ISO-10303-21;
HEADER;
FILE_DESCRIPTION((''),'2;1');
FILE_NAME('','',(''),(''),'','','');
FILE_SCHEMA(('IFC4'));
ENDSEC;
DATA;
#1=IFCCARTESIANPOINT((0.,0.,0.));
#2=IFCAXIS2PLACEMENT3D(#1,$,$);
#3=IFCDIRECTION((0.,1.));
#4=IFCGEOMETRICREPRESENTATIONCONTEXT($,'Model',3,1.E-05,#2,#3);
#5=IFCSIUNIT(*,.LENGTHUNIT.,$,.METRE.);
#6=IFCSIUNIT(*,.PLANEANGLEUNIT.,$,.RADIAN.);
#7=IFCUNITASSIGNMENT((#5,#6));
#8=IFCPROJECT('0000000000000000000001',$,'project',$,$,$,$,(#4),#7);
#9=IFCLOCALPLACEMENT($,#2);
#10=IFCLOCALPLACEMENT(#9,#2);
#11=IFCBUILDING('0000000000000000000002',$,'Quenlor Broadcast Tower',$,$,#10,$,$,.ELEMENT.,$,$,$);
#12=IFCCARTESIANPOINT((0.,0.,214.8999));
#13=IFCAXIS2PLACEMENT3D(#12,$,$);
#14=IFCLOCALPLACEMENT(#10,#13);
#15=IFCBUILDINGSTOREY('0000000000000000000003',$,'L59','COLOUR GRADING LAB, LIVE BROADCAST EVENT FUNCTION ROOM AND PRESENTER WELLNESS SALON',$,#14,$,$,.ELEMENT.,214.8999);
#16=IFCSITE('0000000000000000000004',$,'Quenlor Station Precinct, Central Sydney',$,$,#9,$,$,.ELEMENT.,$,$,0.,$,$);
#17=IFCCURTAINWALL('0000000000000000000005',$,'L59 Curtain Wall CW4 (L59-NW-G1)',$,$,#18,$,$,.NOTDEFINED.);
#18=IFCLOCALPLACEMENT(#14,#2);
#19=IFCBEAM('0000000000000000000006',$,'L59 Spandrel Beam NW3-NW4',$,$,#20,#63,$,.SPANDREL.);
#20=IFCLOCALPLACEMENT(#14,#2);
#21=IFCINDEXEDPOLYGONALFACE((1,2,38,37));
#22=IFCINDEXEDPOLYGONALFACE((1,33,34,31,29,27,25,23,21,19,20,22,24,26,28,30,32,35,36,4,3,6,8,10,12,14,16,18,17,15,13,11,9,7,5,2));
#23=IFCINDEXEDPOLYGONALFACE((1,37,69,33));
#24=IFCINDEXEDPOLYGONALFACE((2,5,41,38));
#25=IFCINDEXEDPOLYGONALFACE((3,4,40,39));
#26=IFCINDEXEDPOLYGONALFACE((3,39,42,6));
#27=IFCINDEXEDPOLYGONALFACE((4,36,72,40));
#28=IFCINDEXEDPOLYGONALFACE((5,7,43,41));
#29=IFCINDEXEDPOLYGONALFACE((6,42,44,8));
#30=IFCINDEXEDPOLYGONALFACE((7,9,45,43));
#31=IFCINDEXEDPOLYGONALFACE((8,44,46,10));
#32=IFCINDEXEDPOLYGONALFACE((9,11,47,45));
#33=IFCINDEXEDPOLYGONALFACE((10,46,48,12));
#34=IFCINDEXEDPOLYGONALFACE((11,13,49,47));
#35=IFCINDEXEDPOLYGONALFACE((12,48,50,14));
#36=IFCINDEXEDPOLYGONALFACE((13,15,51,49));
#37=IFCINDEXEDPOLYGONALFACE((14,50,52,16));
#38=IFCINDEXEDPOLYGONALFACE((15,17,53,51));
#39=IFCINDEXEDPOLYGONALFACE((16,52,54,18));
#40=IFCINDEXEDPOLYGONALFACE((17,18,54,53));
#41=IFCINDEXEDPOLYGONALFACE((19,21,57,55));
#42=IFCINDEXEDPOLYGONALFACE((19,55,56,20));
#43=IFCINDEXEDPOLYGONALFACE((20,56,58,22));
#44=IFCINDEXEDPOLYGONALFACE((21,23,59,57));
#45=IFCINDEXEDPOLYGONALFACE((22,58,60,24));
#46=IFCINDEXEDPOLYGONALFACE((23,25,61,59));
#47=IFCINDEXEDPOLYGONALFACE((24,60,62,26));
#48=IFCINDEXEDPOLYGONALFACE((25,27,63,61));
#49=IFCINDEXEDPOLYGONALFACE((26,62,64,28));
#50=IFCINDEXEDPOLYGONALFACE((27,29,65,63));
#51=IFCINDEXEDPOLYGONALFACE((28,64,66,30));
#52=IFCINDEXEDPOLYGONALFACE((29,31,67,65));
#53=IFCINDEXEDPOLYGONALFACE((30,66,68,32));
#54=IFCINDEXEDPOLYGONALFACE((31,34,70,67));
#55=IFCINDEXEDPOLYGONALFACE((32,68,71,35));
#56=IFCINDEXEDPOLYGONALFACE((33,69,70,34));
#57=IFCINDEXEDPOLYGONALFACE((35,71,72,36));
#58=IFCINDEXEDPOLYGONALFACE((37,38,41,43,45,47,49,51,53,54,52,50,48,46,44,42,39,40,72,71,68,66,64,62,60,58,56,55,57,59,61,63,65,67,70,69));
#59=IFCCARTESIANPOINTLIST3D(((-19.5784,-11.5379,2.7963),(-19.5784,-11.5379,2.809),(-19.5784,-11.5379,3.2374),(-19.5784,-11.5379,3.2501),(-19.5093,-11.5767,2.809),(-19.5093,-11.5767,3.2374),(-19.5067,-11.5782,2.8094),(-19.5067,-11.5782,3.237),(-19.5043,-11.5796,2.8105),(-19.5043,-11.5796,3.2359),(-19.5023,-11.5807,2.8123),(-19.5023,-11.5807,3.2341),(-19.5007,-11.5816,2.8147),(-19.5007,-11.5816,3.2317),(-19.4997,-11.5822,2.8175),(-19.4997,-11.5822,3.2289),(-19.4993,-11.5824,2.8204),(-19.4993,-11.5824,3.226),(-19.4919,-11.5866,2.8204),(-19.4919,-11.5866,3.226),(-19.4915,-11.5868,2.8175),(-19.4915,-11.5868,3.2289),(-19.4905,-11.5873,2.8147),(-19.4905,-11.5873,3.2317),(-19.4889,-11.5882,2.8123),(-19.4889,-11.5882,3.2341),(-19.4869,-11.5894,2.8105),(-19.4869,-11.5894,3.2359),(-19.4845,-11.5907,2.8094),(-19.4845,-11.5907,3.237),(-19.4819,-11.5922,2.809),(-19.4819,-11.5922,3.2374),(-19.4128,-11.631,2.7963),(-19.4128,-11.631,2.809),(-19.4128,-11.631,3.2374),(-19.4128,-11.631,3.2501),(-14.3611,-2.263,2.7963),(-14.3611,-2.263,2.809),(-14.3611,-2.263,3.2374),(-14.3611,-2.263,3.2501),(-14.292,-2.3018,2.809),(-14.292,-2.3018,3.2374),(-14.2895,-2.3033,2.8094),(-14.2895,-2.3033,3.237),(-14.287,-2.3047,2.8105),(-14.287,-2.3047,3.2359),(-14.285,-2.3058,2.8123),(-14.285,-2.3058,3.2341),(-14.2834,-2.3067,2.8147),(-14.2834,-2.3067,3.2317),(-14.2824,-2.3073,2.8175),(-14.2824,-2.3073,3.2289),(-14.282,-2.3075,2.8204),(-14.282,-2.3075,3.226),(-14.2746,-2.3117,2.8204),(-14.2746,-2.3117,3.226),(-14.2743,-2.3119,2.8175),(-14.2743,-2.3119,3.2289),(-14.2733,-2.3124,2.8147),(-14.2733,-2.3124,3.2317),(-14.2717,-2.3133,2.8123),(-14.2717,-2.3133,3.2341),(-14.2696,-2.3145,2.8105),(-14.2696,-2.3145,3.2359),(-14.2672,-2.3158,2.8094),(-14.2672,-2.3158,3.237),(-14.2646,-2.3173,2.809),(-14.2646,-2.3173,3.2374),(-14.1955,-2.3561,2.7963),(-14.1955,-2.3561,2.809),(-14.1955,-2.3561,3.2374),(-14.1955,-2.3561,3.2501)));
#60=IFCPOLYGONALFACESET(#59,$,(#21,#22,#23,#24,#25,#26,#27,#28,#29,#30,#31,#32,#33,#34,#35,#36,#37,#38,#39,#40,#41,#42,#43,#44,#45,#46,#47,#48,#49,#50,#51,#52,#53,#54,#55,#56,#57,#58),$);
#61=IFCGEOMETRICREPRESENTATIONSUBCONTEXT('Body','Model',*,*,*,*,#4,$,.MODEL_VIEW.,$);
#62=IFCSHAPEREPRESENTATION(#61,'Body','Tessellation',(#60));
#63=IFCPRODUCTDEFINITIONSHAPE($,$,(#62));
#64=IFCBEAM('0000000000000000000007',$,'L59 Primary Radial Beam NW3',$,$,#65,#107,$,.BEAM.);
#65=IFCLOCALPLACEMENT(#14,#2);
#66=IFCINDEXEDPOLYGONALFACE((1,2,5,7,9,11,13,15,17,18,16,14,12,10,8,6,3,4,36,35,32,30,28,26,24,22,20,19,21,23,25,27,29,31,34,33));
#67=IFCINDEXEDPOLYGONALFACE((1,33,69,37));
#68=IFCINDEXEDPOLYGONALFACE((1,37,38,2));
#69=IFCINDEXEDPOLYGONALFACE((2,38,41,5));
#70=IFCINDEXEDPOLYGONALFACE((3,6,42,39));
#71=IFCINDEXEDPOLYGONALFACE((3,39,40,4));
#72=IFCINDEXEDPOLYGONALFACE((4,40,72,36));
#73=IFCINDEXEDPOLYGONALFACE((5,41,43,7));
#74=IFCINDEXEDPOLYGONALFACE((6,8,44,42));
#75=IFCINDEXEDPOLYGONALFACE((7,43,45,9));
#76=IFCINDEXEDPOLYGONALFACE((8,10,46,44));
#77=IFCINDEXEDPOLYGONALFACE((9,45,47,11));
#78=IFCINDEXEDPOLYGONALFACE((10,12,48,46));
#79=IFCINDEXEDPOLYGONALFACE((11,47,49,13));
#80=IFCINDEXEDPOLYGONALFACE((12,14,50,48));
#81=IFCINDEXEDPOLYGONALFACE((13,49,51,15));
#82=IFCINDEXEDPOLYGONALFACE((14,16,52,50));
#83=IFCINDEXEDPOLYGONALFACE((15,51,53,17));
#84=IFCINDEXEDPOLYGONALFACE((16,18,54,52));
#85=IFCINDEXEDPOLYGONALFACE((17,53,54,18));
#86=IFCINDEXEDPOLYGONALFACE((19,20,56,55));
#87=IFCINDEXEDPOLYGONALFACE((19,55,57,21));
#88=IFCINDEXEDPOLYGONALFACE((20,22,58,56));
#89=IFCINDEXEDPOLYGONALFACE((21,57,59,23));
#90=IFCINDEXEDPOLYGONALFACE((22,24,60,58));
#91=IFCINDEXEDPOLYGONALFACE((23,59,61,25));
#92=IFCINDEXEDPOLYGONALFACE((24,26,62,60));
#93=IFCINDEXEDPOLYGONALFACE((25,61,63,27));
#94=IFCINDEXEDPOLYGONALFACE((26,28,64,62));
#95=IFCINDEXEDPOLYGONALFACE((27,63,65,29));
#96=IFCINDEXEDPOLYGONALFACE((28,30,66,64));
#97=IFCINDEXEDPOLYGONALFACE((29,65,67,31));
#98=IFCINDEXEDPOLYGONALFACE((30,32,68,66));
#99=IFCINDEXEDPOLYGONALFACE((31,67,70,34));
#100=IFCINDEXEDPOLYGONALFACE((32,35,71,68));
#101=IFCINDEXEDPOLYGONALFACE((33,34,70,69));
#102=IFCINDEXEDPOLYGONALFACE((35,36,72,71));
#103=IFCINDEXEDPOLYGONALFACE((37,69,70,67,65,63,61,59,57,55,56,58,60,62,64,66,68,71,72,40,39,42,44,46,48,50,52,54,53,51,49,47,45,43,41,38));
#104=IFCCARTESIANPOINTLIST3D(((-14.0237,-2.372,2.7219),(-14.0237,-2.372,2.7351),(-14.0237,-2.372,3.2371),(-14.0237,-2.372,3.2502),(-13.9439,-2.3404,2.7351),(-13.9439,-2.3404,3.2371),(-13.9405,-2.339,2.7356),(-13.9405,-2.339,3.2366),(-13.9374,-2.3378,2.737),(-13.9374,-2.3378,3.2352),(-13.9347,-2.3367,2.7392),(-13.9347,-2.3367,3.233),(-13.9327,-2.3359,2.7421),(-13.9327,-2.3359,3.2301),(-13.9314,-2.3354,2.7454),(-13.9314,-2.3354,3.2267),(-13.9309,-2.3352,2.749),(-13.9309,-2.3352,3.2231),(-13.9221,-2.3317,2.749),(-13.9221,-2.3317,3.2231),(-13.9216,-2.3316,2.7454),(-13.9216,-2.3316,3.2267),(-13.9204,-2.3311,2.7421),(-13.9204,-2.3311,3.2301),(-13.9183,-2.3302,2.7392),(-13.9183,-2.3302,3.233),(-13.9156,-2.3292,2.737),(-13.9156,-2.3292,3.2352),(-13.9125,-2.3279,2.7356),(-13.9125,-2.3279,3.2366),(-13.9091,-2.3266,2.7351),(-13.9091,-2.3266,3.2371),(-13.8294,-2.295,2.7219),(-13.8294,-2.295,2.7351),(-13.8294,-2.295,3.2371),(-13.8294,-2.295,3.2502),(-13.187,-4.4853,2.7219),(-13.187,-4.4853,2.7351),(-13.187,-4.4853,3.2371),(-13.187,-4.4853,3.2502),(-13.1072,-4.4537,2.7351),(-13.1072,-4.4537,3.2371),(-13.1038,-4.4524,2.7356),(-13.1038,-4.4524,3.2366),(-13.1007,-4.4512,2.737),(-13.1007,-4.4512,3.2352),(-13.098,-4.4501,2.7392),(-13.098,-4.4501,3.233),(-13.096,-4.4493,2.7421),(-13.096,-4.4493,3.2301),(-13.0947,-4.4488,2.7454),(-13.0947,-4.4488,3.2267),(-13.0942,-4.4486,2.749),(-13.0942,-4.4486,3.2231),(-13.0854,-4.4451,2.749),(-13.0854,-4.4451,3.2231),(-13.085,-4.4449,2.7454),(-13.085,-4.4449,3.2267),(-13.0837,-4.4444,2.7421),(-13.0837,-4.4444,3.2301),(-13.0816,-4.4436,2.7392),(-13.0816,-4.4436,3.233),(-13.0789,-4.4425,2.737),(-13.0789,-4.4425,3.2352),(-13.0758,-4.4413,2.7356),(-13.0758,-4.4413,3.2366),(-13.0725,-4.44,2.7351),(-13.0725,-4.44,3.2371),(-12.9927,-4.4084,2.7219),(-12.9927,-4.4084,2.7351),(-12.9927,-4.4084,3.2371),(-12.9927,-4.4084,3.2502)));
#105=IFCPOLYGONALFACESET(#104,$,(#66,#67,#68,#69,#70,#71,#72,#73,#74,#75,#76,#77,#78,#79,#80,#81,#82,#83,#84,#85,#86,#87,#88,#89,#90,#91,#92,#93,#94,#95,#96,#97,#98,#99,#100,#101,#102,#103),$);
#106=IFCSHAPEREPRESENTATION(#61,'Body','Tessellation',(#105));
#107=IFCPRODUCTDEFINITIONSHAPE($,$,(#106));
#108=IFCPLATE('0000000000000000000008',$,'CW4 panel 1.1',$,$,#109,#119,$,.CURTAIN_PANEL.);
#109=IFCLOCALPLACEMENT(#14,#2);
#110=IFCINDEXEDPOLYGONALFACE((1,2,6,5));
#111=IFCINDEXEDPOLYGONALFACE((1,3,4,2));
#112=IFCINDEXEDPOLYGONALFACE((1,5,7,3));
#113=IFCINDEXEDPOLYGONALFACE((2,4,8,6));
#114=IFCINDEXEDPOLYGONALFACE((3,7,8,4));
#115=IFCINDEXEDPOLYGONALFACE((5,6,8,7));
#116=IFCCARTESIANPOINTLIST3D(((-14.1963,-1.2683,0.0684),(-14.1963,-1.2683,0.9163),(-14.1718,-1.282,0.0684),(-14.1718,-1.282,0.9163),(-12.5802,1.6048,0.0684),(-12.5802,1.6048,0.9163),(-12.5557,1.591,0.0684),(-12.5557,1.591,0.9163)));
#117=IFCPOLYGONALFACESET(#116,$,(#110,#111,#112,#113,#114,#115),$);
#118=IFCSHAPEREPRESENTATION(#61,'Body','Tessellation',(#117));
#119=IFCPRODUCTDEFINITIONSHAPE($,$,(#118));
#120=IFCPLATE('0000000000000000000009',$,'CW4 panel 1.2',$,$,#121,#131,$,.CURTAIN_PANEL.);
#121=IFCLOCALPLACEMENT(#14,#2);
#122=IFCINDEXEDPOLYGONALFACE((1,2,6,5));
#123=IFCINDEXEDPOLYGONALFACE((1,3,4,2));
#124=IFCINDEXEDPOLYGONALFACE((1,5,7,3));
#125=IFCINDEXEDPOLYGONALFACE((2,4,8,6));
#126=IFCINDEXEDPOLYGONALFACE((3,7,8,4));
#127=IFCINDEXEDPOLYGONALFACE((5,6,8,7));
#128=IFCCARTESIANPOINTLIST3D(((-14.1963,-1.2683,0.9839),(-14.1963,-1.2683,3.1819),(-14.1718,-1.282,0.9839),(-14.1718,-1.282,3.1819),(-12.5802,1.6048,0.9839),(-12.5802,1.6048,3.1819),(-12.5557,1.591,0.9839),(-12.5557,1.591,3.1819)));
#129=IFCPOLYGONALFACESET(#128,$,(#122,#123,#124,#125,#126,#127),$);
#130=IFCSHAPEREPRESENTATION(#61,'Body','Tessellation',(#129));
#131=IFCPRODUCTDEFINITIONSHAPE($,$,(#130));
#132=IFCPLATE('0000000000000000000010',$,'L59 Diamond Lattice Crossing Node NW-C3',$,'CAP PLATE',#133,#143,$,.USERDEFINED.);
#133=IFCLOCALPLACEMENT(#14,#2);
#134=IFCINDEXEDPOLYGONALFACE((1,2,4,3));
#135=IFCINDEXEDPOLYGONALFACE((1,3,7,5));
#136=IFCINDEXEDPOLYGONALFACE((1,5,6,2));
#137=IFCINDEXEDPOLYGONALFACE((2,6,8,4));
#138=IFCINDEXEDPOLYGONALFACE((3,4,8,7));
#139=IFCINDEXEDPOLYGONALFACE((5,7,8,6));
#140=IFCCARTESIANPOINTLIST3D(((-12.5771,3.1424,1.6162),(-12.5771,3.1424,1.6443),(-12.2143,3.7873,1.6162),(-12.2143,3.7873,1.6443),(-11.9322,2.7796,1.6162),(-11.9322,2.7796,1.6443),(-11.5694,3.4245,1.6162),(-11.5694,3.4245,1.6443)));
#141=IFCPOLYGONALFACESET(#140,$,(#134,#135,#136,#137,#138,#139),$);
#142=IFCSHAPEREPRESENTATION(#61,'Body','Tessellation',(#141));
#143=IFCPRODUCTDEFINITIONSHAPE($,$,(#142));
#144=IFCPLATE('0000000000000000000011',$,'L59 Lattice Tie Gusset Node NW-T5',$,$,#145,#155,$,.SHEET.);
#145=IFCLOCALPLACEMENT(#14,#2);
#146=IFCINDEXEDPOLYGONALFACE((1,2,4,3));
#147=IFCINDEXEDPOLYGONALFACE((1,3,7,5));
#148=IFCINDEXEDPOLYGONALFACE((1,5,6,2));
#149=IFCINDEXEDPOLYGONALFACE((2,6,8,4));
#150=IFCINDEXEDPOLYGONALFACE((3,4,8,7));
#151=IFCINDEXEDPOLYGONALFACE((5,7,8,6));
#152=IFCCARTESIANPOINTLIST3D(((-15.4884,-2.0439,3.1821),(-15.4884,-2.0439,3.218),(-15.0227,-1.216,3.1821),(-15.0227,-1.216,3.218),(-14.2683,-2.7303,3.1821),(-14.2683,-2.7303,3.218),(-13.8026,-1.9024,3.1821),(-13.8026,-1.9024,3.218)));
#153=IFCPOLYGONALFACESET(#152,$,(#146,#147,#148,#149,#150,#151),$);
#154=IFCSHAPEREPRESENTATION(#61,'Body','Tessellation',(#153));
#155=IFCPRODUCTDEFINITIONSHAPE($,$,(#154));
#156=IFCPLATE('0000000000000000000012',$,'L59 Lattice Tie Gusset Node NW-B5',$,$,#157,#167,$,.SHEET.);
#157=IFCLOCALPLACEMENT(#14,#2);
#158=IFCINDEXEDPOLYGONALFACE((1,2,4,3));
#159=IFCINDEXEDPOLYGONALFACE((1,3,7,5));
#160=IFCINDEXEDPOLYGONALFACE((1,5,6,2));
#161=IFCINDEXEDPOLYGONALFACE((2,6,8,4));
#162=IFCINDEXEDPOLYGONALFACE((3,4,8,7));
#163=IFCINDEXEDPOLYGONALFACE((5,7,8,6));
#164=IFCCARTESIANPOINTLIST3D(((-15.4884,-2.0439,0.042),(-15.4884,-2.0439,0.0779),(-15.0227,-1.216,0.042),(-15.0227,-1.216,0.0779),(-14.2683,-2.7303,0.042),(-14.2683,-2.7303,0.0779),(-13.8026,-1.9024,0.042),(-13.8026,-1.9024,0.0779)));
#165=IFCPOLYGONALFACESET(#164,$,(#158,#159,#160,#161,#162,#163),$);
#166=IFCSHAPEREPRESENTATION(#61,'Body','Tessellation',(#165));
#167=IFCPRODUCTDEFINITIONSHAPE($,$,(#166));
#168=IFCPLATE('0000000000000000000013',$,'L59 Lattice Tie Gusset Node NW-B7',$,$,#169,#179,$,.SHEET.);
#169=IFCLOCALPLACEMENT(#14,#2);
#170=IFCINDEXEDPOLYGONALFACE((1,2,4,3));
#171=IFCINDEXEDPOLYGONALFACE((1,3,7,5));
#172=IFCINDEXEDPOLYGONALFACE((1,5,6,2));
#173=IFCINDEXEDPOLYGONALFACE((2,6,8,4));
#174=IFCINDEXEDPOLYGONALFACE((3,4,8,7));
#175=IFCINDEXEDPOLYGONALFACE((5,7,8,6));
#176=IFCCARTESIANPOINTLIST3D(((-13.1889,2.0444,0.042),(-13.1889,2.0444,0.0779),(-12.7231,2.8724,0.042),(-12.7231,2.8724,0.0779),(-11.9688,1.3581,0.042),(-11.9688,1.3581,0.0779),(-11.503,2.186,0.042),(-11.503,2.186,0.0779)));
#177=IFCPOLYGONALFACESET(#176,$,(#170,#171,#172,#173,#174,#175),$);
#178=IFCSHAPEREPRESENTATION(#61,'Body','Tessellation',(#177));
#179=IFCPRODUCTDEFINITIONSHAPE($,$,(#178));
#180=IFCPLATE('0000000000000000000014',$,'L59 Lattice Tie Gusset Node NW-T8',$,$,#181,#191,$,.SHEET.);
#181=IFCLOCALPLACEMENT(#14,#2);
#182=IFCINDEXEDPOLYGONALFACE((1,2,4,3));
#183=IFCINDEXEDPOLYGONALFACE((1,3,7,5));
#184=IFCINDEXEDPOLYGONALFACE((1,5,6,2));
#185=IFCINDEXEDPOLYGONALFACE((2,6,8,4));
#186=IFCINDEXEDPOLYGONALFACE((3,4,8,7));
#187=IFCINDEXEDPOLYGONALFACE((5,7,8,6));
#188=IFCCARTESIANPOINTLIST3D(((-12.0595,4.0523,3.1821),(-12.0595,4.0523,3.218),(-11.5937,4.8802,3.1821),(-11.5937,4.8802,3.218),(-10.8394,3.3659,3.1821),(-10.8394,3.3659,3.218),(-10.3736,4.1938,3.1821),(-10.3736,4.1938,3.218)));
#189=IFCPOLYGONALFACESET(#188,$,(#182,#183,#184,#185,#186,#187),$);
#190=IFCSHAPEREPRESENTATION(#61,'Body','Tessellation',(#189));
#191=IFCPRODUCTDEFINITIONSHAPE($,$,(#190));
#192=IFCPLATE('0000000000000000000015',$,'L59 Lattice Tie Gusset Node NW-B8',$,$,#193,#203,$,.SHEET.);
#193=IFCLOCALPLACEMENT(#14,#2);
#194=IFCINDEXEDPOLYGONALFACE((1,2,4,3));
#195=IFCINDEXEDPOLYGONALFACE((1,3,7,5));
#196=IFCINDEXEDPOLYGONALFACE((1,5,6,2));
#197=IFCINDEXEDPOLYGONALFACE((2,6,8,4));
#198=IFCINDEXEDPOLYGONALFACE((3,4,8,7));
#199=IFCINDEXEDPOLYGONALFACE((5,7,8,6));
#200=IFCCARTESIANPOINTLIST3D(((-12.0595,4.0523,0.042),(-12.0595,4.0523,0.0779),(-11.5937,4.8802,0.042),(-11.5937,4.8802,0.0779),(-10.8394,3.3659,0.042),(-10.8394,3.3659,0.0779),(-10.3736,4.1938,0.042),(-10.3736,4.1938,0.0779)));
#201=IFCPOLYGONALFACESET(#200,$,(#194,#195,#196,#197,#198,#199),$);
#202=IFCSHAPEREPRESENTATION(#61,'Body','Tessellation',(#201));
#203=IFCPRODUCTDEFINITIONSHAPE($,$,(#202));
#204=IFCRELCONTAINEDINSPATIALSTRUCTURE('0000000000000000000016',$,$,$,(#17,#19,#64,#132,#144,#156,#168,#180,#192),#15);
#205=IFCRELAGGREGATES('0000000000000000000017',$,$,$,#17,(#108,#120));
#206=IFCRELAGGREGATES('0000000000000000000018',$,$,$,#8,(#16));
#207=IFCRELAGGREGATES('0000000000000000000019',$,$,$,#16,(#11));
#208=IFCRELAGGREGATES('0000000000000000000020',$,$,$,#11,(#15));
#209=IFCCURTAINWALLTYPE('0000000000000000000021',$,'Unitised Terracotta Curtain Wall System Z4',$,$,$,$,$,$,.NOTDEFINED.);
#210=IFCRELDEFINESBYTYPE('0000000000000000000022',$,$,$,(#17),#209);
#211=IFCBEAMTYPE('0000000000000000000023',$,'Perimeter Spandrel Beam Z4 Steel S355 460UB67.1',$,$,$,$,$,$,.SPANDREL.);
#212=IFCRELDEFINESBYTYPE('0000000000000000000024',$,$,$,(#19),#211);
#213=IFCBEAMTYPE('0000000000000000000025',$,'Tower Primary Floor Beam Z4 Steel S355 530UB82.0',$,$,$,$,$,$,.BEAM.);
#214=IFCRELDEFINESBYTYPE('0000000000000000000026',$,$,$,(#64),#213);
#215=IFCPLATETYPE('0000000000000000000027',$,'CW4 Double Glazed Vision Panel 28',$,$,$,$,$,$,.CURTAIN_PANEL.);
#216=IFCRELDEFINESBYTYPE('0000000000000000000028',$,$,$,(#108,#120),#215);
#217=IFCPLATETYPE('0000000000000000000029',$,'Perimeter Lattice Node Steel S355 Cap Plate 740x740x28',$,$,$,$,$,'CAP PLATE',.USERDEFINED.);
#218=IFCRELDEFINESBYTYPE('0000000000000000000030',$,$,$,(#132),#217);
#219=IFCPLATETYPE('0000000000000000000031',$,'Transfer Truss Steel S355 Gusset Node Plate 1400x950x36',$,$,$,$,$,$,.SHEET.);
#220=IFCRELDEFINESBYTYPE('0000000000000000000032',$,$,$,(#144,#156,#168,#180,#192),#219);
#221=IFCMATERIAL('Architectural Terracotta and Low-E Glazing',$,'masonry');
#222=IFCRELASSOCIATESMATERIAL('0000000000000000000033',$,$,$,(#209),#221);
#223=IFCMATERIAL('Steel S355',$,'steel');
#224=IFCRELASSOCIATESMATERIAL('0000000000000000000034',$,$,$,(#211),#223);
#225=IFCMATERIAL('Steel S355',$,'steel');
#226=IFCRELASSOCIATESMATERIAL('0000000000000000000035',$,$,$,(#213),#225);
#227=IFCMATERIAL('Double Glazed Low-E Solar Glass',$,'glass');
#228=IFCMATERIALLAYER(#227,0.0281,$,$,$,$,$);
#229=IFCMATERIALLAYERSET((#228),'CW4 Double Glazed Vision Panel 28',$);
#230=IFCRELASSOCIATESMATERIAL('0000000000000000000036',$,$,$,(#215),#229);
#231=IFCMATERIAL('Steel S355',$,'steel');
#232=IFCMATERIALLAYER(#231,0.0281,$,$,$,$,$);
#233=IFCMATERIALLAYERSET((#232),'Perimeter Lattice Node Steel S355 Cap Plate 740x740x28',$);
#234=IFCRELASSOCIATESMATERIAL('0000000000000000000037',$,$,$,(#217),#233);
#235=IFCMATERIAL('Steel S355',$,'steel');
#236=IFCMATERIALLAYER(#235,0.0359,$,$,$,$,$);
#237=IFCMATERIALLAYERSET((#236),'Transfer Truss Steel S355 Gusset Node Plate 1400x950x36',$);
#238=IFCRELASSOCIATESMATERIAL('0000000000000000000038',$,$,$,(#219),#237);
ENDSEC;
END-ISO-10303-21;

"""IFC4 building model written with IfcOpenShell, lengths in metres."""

from ifc_helpers import new_model, si_unit, direction, frame, origin, origin_2d, place, context, subcontext, project, spatial, rectangle, i_section, extrude, material, layer, layer_set, material_profile, profile_set, type_object, element, aggregate, save


model = new_model("IFC4")

# Units and contexts
model_context = context("Model", 3, precision=1e-05, world=origin(), true_north=direction((0.0, 1.0)))
body_context = subcontext(model_context, "Body", "Model", "MODEL_VIEW")
ifc_project = project(units=[si_unit("LENGTHUNIT", "METRE"), si_unit("PLANEANGLEUNIT", "RADIAN")], contexts=[model_context])

# Site, building, storey
site_placement = place(None, origin())
site = spatial("IfcSite", under=ifc_project, at=site_placement, Name="Quenlor Station Precinct, Central Sydney", CompositionType="ELEMENT", RefElevation=0.0)
building_placement = place(site_placement, origin())
building = spatial("IfcBuilding", under=site, at=building_placement, Name="Quenlor Broadcast Tower", CompositionType="ELEMENT")
storey_placement = place(building_placement, frame((0.0, 0.0, 214.8999)))
storey = spatial("IfcBuildingStorey", under=building, at=storey_placement, Name="L59", Description="COLOUR GRADING LAB, LIVE BROADCAST EVENT FUNCTION ROOM AND PRESENTER WELLNESS SALON", CompositionType="ELEMENT", Elevation=214.8999)

# Curtain wall
ifc_material_1 = material(Name="Architectural Terracotta and Low-E Glazing", Category="masonry")
curtain_wall_type = type_object("IfcCurtainWallType", Name="Unitised Terracotta Curtain Wall System Z4", PredefinedType="NOTDEFINED", material=ifc_material_1)
curtain_wall_1_placement = place(storey_placement, origin())
curtain_wall_1 = element("IfcCurtainWall", 1, at=curtain_wall_1_placement, inside=storey, type_object=curtain_wall_type, Name="L59 Curtain Wall CW4 (L59-NW-G1)", PredefinedType="NOTDEFINED")

# Beams
ifc_material_2 = material(Name="Steel S355", Category="steel")
ifc_material_profile_1 = material_profile(ifc_material_2, i_section(OverallWidth=0.1899, OverallDepth=0.4539, WebThickness=0.0085, FlangeThickness=0.0127, FilletRadius=0.0115, at=origin_2d()))
ifc_profile_set_1 = profile_set([ifc_material_profile_1], Name="Steel S355 460UB67.1")
beam_type_1 = type_object("IfcBeamType", Name="Perimeter Spandrel Beam Z4 Steel S355 460UB67.1", PredefinedType="SPANDREL", material=ifc_profile_set_1)
beam_1_placement = place(storey_placement, frame((-14.2783, -2.3096, 3.0232), z_axis=(-0.490272, -0.871569, 0.0), x_axis=(0.871569, -0.490272, 0.0)))
element("IfcBeam", 2, at=beam_1_placement, inside=storey, type_object=beam_type_1, Name="L59 Spandrel Beam NW3-NW4", PredefinedType="SPANDREL", context=body_context, shape_type="SweptSolid", body=[
    extrude(i_section(OverallWidth=0.1899, OverallDepth=0.4539, WebThickness=0.0085, FlangeThickness=0.0127, FilletRadius=0.0115, at=origin_2d()), origin(), (0.0, 0.0, 1.0), 10.6416),
])
ifc_material_3 = material(Name="Steel S355", Category="steel")
ifc_material_profile_2 = material_profile(ifc_material_3, i_section(OverallWidth=0.209, OverallDepth=0.5283, WebThickness=0.0095, FlangeThickness=0.0132, FilletRadius=0.0139, at=origin_2d()))
ifc_profile_set_2 = profile_set([ifc_material_profile_2], Name="Steel S355 530UB82.0")
beam_type_2 = type_object("IfcBeamType", Name="Tower Primary Floor Beam Z4 Steel S355 530UB82.0", PredefinedType="BEAM", material=ifc_profile_set_2)
beam_2_placement = place(storey_placement, frame((-13.9265, -2.3335, 2.9861), z_axis=(0.36811, -0.929782, 0.0), x_axis=(0.929782, 0.36811, 0.0)))
element("IfcBeam", 3, at=beam_2_placement, inside=storey, type_object=beam_type_2, Name="L59 Primary Radial Beam NW3", PredefinedType="BEAM", context=body_context, shape_type="SweptSolid", body=[
    extrude(i_section(OverallWidth=0.209, OverallDepth=0.5283, WebThickness=0.0095, FlangeThickness=0.0132, FilletRadius=0.0139, at=origin_2d()), origin(), (0.0, 0.0, 1.0), 2.2729),
])

# Plates
ifc_material_4 = material(Name="Double Glazed Low-E Solar Glass", Category="glass")
ifc_layer_1 = layer(ifc_material_4, 0.0281)
ifc_layer_set_1 = layer_set([ifc_layer_1], Name="CW4 Double Glazed Vision Panel 28")
plate_type_1 = type_object("IfcPlateType", Name="CW4 Double Glazed Vision Panel 28", PredefinedType="CURTAIN_PANEL", material=ifc_layer_set_1)
plate_1_placement = place(storey_placement, frame((-13.376, 0.1614, 0.0684), z_axis=(0.0, 0.0, 1.0), x_axis=(0.490257, 0.871578, 0.0)))
plate_1 = element("IfcPlate", 4, at=plate_1_placement, type_object=plate_type_1, Name="CW4 panel 1.1", PredefinedType="CURTAIN_PANEL", context=body_context, shape_type="SweptSolid", body=[
    extrude(rectangle(XDim=3.2964, YDim=0.0281, at=origin_2d()), origin(), (0.0, 0.0, 1.0), 0.8479),
])
plate_2_placement = place(storey_placement, frame((-13.376, 0.1614, 0.9839), z_axis=(0.0, 0.0, 1.0), x_axis=(0.490257, 0.871578, 0.0)))
plate_2 = element("IfcPlate", 5, at=plate_2_placement, type_object=plate_type_1, Name="CW4 panel 1.2", PredefinedType="CURTAIN_PANEL", context=body_context, shape_type="SweptSolid", body=[
    extrude(rectangle(XDim=3.2964, YDim=0.0281, at=origin_2d()), origin(), (0.0, 0.0, 1.0), 2.198),
])
aggregate(curtain_wall_1, [plate_1, plate_2])

# Plates
ifc_material_5 = material(Name="Steel S355", Category="steel")
ifc_layer_2 = layer(ifc_material_5, 0.0281)
ifc_layer_set_2 = layer_set([ifc_layer_2], Name="Perimeter Lattice Node Steel S355 Cap Plate 740x740x28")
plate_type_2 = type_object("IfcPlateType", Name="Perimeter Lattice Node Steel S355 Cap Plate 740x740x28", ElementType="CAP PLATE", PredefinedType="USERDEFINED", material=ifc_layer_set_2)
plate_3_placement = place(storey_placement, frame((-12.0732, 3.2834, 1.6162), z_axis=(0.0, 0.0, 1.0), x_axis=(0.490295, 0.871556, 0.0)))
element("IfcPlate", 6, at=plate_3_placement, inside=storey, type_object=plate_type_2, Name="L59 Diamond Lattice Crossing Node NW-C3", ObjectType="CAP PLATE", PredefinedType="USERDEFINED", context=body_context, shape_type="SweptSolid", body=[
    extrude(rectangle(XDim=0.74, YDim=0.74, at=origin_2d()), origin(), (0.0, 0.0, 1.0), 0.0281),
])
ifc_material_6 = material(Name="Steel S355", Category="steel")
ifc_layer_3 = layer(ifc_material_6, 0.0359)
ifc_layer_set_3 = layer_set([ifc_layer_3], Name="Transfer Truss Steel S355 Gusset Node Plate 1400x950x36")
plate_type_3 = type_object("IfcPlateType", Name="Transfer Truss Steel S355 Gusset Node Plate 1400x950x36", PredefinedType="SHEET", material=ifc_layer_set_3)
for number, where, z_axis, x_axis, name in (
    (7, (-14.6455, -1.9731, 3.1821), (0.0, 0.0, 1.0), (-0.871556, 0.490295, 0.0), "L59 Lattice Tie Gusset Node NW-T5"),
    (8, (-14.6455, -1.9731, 0.042), (0.0, 0.0, 1.0), (-0.871556, 0.490295, 0.0), "L59 Lattice Tie Gusset Node NW-B5"),
    (9, (-12.3459, 2.1152, 0.042), (0.0, 0.0, 1.0), (-0.871556, 0.490295, 0.0), "L59 Lattice Tie Gusset Node NW-B7"),
    (10, (-11.2166, 4.123, 3.1821), (0.0, 0.0, 1.0), (-0.871556, 0.490295, 0.0), "L59 Lattice Tie Gusset Node NW-T8"),
    (11, (-11.2166, 4.123, 0.042), (0.0, 0.0, 1.0), (-0.871556, 0.490295, 0.0), "L59 Lattice Tie Gusset Node NW-B8"),
):
    element("IfcPlate", number, at=place(storey_placement, frame(where, z_axis=z_axis, x_axis=x_axis)), inside=storey, type_object=plate_type_3, Name=name, PredefinedType="SHEET", context=body_context, shape_type="SweptSolid", body=[
        extrude(rectangle(XDim=1.3999, YDim=0.95, at=origin_2d()), origin(), (0.0, 0.0, 1.0), 0.0359),
    ])

save(model, "model.ifc")
